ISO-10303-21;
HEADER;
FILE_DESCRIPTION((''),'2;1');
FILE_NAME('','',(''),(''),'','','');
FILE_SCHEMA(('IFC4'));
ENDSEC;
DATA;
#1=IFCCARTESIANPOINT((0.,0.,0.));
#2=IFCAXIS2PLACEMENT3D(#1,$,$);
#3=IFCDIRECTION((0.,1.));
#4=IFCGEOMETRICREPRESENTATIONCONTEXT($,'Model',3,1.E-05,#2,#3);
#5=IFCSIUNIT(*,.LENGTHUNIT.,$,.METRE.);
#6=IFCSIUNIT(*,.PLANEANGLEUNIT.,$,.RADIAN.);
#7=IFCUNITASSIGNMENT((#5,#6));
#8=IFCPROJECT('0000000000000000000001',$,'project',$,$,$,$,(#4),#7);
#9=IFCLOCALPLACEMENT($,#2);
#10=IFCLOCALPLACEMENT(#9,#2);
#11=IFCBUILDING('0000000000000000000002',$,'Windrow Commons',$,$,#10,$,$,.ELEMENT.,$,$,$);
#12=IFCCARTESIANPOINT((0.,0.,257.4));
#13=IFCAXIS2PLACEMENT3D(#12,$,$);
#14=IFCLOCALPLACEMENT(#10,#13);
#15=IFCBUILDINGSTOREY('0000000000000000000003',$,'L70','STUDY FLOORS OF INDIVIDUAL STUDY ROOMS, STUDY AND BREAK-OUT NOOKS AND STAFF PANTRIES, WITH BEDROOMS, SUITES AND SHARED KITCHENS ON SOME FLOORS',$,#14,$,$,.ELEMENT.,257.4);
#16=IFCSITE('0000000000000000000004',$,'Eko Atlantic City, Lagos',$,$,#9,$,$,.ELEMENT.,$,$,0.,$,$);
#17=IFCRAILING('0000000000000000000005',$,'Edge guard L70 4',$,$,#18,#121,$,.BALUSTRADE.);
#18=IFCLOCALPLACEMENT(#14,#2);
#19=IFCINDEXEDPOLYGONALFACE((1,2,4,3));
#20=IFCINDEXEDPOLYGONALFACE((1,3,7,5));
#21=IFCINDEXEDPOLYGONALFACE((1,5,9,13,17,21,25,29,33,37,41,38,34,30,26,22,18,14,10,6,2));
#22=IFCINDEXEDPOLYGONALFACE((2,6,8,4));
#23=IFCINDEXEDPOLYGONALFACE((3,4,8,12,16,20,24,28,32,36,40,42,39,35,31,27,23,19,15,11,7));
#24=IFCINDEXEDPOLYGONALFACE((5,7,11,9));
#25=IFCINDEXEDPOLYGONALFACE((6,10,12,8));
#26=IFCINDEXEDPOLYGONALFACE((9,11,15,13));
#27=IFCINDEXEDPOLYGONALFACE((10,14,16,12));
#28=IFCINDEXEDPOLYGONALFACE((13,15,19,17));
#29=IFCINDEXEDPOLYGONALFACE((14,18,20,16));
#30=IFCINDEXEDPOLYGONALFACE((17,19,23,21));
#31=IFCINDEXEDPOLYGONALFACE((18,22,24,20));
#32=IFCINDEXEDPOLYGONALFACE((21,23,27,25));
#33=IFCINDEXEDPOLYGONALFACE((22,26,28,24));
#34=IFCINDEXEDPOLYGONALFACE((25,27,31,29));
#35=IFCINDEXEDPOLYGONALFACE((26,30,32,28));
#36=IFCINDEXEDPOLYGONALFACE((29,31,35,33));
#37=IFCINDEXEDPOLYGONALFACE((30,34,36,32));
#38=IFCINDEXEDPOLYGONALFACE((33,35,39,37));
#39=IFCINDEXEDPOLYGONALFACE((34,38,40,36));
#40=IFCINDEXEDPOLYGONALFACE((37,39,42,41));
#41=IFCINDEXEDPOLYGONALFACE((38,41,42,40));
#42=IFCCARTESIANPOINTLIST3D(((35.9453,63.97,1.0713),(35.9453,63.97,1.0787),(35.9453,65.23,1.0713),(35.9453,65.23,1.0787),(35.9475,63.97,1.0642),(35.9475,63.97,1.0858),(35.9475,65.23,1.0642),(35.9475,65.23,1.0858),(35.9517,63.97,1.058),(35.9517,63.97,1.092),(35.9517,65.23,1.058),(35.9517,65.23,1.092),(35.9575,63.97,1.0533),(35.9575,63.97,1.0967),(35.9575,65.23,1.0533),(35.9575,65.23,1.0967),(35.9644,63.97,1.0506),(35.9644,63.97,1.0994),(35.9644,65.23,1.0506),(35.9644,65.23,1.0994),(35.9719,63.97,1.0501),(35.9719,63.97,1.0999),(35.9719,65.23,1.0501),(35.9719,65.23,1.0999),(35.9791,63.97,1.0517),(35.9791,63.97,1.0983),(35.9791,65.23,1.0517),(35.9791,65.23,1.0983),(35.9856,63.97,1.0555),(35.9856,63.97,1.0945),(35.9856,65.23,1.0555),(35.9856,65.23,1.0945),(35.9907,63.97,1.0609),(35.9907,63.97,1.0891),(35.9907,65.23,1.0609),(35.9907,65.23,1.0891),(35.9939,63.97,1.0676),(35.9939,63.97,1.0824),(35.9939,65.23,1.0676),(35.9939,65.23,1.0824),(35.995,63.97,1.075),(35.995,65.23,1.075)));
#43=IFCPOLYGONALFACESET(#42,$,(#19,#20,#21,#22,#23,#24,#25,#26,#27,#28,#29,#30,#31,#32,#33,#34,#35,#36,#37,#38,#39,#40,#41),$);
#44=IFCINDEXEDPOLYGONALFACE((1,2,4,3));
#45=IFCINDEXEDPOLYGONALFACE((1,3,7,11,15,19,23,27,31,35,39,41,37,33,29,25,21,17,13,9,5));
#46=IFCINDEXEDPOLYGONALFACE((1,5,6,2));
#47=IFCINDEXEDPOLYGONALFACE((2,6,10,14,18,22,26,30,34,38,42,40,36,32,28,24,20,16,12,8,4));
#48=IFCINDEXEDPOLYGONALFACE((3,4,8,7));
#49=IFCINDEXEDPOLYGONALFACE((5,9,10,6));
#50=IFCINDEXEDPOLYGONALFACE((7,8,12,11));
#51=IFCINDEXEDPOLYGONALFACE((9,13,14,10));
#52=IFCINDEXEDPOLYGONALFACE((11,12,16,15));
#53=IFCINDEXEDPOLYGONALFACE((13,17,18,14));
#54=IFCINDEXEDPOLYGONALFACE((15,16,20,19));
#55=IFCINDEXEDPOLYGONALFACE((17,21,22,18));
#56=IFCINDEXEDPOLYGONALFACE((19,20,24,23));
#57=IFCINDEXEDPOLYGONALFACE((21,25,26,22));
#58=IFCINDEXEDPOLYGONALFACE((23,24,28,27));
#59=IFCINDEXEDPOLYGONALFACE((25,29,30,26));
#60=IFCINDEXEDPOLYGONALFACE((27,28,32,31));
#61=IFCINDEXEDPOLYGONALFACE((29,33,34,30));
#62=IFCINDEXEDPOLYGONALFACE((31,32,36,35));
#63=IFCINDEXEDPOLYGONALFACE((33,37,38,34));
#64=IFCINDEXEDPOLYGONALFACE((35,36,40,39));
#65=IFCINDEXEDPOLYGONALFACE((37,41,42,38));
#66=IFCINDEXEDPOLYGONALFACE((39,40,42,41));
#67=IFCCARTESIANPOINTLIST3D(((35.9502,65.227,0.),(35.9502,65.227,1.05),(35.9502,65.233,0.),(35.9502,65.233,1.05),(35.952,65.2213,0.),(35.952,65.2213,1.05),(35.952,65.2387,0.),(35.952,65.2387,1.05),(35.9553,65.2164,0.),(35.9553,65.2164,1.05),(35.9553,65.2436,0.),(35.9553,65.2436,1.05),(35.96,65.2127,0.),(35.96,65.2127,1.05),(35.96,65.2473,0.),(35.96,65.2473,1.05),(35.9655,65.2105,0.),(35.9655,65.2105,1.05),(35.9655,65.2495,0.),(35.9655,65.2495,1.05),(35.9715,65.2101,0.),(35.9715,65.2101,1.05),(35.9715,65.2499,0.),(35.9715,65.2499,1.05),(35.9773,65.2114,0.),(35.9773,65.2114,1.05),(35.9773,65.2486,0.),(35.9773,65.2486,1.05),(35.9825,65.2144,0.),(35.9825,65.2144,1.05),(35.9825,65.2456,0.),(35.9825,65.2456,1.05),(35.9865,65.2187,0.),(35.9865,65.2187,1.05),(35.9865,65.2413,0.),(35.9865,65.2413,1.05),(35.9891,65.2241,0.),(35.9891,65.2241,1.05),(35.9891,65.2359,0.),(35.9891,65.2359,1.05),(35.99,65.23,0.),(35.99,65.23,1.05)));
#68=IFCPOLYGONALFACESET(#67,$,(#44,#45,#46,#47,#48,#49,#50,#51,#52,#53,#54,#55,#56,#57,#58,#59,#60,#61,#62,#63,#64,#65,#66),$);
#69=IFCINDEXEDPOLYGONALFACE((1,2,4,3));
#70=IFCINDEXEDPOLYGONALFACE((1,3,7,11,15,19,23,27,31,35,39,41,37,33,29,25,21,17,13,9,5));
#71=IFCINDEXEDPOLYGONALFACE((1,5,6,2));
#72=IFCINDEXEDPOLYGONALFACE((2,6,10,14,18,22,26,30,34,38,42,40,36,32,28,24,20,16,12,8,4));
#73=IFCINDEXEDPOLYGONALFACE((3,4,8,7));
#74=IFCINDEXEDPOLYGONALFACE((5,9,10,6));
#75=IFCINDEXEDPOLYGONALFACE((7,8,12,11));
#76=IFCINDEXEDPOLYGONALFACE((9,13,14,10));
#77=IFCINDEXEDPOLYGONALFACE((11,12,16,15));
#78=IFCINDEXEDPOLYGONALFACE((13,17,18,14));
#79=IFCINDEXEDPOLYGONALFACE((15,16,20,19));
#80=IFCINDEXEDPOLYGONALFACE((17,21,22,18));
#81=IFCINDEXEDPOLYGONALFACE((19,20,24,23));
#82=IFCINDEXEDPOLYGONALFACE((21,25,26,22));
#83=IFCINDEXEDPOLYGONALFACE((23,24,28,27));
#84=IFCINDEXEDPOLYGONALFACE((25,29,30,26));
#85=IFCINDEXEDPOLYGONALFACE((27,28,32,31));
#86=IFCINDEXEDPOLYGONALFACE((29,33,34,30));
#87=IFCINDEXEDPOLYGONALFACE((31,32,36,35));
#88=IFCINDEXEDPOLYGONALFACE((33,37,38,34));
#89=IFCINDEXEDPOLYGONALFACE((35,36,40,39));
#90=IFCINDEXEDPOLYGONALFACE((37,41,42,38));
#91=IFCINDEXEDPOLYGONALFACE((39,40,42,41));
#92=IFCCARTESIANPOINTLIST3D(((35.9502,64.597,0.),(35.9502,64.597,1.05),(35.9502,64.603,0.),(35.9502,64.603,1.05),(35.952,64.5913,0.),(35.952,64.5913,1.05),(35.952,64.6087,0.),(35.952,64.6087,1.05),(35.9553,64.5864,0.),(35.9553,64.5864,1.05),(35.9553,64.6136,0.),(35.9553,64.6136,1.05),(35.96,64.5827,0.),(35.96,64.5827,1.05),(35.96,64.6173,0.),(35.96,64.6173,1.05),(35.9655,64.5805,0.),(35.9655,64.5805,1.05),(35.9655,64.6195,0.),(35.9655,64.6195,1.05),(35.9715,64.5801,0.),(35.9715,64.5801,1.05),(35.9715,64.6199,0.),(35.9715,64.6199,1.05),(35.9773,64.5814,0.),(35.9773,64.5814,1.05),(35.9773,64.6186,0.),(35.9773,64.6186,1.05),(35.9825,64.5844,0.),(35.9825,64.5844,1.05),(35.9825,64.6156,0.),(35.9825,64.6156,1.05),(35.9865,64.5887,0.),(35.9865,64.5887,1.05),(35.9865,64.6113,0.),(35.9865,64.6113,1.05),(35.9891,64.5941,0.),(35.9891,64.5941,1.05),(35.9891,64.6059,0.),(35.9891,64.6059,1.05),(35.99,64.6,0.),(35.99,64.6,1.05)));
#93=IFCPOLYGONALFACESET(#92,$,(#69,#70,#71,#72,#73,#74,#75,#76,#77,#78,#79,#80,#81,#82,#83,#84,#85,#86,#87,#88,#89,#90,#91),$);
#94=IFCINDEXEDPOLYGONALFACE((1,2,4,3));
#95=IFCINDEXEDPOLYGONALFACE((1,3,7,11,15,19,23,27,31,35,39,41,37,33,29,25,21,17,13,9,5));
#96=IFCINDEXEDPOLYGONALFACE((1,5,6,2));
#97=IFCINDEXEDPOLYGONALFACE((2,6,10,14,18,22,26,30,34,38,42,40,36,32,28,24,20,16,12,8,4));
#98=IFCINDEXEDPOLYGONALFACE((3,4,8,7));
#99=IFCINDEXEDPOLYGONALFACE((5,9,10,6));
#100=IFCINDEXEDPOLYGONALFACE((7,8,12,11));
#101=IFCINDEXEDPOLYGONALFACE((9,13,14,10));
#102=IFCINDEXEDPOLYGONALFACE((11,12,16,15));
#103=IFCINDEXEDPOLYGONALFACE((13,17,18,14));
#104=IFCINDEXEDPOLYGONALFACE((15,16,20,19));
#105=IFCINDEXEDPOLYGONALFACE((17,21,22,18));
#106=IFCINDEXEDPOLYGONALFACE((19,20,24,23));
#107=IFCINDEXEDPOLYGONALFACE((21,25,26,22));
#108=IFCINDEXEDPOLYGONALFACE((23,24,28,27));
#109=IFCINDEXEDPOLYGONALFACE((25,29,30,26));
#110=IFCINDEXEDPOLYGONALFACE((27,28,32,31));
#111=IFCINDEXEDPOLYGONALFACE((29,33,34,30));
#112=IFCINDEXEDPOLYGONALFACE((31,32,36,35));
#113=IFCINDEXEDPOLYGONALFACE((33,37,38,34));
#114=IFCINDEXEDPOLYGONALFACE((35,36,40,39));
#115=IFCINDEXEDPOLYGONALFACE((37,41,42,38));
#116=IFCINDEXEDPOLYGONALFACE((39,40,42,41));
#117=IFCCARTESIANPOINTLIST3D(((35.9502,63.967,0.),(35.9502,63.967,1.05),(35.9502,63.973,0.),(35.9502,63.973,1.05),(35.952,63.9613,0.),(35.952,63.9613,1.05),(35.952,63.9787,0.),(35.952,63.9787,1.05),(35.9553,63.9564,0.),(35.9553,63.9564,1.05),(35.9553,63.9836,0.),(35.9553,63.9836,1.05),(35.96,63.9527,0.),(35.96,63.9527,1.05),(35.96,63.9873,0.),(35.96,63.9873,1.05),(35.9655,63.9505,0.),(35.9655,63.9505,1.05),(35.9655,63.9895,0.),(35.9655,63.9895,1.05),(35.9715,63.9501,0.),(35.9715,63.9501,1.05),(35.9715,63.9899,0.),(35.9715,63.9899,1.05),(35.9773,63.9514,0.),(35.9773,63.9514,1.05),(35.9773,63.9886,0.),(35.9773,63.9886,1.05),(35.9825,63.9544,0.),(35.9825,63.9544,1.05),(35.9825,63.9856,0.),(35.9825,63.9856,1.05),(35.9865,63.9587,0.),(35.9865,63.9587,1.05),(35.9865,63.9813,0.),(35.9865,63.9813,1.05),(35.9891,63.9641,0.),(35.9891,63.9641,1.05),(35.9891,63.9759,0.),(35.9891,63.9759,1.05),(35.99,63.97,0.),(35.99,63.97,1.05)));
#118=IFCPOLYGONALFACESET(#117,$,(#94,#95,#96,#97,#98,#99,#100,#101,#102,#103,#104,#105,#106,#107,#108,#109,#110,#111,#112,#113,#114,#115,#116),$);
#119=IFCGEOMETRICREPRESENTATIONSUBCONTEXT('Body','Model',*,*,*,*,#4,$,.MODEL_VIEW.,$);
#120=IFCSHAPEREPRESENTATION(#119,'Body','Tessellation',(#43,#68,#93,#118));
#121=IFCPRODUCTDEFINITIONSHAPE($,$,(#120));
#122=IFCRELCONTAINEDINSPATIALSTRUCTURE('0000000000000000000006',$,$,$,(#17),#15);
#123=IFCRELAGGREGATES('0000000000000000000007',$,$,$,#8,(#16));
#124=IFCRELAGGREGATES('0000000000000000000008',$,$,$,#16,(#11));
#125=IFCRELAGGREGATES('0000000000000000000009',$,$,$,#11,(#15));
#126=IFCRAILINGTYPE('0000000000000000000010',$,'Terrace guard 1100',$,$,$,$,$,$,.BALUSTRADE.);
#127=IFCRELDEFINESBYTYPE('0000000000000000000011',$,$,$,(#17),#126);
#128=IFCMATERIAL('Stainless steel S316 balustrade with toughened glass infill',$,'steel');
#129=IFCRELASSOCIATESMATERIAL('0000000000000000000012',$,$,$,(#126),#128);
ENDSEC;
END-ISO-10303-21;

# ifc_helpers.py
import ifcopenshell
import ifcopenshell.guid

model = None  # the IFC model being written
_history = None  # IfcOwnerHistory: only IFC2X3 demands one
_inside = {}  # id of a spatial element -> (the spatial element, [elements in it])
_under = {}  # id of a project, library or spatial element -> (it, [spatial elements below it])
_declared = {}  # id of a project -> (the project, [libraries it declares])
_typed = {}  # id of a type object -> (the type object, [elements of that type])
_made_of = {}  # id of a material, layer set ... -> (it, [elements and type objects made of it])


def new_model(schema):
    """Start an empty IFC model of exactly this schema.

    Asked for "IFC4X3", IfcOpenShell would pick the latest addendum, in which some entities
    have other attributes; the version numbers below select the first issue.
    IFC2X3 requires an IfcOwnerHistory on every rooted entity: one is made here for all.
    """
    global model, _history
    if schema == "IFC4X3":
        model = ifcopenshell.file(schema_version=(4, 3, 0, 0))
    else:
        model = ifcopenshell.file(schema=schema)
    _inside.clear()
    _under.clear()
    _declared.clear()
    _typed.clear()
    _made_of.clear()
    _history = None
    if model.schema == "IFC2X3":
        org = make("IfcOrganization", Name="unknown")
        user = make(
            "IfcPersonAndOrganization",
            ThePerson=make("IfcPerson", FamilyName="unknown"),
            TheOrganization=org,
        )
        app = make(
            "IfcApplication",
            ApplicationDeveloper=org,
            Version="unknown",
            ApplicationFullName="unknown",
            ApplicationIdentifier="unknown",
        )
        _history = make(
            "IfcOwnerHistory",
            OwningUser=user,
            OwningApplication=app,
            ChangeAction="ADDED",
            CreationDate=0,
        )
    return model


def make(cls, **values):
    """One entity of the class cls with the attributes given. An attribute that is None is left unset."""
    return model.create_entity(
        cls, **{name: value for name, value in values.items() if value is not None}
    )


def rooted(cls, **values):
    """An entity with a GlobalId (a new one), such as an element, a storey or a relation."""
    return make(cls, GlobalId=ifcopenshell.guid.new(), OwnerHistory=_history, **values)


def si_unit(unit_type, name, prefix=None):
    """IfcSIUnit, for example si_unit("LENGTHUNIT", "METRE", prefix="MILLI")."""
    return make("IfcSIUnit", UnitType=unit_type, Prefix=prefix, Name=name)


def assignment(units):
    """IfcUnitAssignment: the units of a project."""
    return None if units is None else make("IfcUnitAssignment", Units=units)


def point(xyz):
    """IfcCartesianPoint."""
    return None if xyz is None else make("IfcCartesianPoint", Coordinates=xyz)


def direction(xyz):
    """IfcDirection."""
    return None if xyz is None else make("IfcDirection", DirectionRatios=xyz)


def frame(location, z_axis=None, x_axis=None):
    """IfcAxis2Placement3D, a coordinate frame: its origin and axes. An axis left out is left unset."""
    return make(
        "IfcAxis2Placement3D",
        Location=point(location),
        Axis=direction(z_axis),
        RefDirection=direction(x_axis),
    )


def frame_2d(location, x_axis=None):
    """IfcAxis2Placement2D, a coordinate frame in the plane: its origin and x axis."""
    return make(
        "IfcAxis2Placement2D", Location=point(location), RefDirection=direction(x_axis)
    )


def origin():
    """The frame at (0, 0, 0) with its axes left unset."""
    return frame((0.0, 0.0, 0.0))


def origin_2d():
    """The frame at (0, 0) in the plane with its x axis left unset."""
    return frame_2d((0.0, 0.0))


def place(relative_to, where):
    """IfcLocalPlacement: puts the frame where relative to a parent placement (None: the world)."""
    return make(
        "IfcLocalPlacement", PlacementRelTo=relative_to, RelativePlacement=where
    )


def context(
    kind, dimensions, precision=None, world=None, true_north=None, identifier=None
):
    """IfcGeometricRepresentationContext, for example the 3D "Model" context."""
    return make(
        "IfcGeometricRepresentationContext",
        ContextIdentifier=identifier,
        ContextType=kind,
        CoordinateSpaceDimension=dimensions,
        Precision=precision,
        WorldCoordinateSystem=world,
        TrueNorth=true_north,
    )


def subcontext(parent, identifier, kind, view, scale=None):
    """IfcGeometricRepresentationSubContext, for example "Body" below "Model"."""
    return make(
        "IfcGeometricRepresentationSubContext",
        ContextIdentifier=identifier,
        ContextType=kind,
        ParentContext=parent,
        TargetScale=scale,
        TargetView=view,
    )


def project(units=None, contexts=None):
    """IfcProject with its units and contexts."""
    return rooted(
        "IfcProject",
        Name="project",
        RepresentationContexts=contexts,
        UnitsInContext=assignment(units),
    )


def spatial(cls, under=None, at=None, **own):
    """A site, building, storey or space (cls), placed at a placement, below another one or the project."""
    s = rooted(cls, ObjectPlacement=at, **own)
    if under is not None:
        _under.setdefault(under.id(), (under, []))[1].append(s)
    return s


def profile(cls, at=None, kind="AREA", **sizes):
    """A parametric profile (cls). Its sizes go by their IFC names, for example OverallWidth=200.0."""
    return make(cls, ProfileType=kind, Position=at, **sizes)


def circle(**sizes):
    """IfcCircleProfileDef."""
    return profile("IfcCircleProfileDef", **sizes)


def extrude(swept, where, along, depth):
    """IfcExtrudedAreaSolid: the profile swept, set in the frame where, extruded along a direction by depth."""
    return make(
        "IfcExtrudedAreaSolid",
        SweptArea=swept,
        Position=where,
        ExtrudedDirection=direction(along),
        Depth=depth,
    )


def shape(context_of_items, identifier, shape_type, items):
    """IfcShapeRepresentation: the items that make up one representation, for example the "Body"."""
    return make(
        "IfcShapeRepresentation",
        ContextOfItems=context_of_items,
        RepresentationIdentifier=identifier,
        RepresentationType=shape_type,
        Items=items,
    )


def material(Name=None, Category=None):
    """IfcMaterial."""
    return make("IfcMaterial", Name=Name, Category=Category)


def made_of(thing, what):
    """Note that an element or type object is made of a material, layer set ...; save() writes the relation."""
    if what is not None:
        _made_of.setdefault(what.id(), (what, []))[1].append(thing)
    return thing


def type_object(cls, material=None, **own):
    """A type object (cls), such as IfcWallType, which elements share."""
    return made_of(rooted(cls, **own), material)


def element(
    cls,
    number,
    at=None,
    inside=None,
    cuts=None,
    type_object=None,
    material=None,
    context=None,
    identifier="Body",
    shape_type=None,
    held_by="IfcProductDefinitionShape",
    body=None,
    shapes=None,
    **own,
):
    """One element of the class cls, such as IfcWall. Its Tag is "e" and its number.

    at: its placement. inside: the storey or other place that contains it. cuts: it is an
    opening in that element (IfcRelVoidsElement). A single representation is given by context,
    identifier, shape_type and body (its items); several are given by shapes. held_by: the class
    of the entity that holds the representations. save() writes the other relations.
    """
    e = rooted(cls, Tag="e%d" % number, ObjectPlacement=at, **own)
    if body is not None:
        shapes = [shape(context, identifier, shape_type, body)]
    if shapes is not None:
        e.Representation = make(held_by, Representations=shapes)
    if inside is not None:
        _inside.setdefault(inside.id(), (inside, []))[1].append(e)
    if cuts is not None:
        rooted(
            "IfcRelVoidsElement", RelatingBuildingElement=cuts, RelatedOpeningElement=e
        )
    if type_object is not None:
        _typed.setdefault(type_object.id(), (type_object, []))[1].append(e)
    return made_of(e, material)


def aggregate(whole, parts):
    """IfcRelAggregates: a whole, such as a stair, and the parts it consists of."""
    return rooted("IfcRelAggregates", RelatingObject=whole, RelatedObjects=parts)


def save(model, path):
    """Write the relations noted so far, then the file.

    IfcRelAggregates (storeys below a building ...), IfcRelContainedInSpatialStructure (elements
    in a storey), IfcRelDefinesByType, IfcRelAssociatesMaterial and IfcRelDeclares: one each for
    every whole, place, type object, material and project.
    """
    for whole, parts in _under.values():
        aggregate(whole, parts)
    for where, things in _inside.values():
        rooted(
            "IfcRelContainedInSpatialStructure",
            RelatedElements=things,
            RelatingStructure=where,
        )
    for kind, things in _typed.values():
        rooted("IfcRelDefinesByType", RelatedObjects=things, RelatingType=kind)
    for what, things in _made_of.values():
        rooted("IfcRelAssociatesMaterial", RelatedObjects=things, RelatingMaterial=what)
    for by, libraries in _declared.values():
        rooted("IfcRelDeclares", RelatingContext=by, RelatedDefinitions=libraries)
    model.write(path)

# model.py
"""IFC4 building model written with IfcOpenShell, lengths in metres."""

from ifc_helpers import new_model, si_unit, direction, frame, origin, origin_2d, place, context, subcontext, project, spatial, circle, extrude, material, type_object, element, save


model = new_model("IFC4")

# Units and contexts
model_context = context("Model", 3, precision=1e-05, world=origin(), true_north=direction((0.0, 1.0)))
body_context = subcontext(model_context, "Body", "Model", "MODEL_VIEW")
ifc_project = project(units=[si_unit("LENGTHUNIT", "METRE"), si_unit("PLANEANGLEUNIT", "RADIAN")], contexts=[model_context])

# Site, building, storey
site_placement = place(None, origin())
site = spatial("IfcSite", under=ifc_project, at=site_placement, Name="Eko Atlantic City, Lagos", CompositionType="ELEMENT", RefElevation=0.0)
building_placement = place(site_placement, origin())
building = spatial("IfcBuilding", under=site, at=building_placement, Name="Windrow Commons", CompositionType="ELEMENT")
storey_placement = place(building_placement, frame((0.0, 0.0, 257.4)))
storey = spatial("IfcBuildingStorey", under=building, at=storey_placement, Name="L70", Description="STUDY FLOORS OF INDIVIDUAL STUDY ROOMS, STUDY AND BREAK-OUT NOOKS AND STAFF PANTRIES, WITH BEDROOMS, SUITES AND SHARED KITCHENS ON SOME FLOORS", CompositionType="ELEMENT", Elevation=257.4)

# Railing
ifc_material_1 = material(Name="Stainless steel S316 balustrade with toughened glass infill", Category="steel")
railing_type_1 = type_object("IfcRailingType", Name="Terrace guard 1100", PredefinedType="BALUSTRADE", material=ifc_material_1)
railing_1_placement = place(storey_placement, frame((35.97, 65.23, 0.0)))
element("IfcRailing", 1, at=railing_1_placement, inside=storey, type_object=railing_type_1, Name="Edge guard L70 4", PredefinedType="BALUSTRADE", context=body_context, shape_type="SweptSolid", body=[
    extrude(circle(Radius=0.025, at=origin_2d()), frame((0.0, 0.0, 1.075), z_axis=(0.0, -1.0, 0.0), x_axis=(1.0, 0.0, 0.0)), (0.0, 0.0, 1.0), 1.26),
    extrude(circle(Radius=0.02, at=origin_2d()), origin(), (0.0, 0.0, 1.0), 1.05),
    extrude(circle(Radius=0.02, at=origin_2d()), frame((0.0, -0.63, 0.0)), (0.0, 0.0, 1.0), 1.05),
    extrude(circle(Radius=0.02, at=origin_2d()), frame((0.0, -1.26, 0.0)), (0.0, 0.0, 1.0), 1.05),
])

save(model, "model.ifc")
